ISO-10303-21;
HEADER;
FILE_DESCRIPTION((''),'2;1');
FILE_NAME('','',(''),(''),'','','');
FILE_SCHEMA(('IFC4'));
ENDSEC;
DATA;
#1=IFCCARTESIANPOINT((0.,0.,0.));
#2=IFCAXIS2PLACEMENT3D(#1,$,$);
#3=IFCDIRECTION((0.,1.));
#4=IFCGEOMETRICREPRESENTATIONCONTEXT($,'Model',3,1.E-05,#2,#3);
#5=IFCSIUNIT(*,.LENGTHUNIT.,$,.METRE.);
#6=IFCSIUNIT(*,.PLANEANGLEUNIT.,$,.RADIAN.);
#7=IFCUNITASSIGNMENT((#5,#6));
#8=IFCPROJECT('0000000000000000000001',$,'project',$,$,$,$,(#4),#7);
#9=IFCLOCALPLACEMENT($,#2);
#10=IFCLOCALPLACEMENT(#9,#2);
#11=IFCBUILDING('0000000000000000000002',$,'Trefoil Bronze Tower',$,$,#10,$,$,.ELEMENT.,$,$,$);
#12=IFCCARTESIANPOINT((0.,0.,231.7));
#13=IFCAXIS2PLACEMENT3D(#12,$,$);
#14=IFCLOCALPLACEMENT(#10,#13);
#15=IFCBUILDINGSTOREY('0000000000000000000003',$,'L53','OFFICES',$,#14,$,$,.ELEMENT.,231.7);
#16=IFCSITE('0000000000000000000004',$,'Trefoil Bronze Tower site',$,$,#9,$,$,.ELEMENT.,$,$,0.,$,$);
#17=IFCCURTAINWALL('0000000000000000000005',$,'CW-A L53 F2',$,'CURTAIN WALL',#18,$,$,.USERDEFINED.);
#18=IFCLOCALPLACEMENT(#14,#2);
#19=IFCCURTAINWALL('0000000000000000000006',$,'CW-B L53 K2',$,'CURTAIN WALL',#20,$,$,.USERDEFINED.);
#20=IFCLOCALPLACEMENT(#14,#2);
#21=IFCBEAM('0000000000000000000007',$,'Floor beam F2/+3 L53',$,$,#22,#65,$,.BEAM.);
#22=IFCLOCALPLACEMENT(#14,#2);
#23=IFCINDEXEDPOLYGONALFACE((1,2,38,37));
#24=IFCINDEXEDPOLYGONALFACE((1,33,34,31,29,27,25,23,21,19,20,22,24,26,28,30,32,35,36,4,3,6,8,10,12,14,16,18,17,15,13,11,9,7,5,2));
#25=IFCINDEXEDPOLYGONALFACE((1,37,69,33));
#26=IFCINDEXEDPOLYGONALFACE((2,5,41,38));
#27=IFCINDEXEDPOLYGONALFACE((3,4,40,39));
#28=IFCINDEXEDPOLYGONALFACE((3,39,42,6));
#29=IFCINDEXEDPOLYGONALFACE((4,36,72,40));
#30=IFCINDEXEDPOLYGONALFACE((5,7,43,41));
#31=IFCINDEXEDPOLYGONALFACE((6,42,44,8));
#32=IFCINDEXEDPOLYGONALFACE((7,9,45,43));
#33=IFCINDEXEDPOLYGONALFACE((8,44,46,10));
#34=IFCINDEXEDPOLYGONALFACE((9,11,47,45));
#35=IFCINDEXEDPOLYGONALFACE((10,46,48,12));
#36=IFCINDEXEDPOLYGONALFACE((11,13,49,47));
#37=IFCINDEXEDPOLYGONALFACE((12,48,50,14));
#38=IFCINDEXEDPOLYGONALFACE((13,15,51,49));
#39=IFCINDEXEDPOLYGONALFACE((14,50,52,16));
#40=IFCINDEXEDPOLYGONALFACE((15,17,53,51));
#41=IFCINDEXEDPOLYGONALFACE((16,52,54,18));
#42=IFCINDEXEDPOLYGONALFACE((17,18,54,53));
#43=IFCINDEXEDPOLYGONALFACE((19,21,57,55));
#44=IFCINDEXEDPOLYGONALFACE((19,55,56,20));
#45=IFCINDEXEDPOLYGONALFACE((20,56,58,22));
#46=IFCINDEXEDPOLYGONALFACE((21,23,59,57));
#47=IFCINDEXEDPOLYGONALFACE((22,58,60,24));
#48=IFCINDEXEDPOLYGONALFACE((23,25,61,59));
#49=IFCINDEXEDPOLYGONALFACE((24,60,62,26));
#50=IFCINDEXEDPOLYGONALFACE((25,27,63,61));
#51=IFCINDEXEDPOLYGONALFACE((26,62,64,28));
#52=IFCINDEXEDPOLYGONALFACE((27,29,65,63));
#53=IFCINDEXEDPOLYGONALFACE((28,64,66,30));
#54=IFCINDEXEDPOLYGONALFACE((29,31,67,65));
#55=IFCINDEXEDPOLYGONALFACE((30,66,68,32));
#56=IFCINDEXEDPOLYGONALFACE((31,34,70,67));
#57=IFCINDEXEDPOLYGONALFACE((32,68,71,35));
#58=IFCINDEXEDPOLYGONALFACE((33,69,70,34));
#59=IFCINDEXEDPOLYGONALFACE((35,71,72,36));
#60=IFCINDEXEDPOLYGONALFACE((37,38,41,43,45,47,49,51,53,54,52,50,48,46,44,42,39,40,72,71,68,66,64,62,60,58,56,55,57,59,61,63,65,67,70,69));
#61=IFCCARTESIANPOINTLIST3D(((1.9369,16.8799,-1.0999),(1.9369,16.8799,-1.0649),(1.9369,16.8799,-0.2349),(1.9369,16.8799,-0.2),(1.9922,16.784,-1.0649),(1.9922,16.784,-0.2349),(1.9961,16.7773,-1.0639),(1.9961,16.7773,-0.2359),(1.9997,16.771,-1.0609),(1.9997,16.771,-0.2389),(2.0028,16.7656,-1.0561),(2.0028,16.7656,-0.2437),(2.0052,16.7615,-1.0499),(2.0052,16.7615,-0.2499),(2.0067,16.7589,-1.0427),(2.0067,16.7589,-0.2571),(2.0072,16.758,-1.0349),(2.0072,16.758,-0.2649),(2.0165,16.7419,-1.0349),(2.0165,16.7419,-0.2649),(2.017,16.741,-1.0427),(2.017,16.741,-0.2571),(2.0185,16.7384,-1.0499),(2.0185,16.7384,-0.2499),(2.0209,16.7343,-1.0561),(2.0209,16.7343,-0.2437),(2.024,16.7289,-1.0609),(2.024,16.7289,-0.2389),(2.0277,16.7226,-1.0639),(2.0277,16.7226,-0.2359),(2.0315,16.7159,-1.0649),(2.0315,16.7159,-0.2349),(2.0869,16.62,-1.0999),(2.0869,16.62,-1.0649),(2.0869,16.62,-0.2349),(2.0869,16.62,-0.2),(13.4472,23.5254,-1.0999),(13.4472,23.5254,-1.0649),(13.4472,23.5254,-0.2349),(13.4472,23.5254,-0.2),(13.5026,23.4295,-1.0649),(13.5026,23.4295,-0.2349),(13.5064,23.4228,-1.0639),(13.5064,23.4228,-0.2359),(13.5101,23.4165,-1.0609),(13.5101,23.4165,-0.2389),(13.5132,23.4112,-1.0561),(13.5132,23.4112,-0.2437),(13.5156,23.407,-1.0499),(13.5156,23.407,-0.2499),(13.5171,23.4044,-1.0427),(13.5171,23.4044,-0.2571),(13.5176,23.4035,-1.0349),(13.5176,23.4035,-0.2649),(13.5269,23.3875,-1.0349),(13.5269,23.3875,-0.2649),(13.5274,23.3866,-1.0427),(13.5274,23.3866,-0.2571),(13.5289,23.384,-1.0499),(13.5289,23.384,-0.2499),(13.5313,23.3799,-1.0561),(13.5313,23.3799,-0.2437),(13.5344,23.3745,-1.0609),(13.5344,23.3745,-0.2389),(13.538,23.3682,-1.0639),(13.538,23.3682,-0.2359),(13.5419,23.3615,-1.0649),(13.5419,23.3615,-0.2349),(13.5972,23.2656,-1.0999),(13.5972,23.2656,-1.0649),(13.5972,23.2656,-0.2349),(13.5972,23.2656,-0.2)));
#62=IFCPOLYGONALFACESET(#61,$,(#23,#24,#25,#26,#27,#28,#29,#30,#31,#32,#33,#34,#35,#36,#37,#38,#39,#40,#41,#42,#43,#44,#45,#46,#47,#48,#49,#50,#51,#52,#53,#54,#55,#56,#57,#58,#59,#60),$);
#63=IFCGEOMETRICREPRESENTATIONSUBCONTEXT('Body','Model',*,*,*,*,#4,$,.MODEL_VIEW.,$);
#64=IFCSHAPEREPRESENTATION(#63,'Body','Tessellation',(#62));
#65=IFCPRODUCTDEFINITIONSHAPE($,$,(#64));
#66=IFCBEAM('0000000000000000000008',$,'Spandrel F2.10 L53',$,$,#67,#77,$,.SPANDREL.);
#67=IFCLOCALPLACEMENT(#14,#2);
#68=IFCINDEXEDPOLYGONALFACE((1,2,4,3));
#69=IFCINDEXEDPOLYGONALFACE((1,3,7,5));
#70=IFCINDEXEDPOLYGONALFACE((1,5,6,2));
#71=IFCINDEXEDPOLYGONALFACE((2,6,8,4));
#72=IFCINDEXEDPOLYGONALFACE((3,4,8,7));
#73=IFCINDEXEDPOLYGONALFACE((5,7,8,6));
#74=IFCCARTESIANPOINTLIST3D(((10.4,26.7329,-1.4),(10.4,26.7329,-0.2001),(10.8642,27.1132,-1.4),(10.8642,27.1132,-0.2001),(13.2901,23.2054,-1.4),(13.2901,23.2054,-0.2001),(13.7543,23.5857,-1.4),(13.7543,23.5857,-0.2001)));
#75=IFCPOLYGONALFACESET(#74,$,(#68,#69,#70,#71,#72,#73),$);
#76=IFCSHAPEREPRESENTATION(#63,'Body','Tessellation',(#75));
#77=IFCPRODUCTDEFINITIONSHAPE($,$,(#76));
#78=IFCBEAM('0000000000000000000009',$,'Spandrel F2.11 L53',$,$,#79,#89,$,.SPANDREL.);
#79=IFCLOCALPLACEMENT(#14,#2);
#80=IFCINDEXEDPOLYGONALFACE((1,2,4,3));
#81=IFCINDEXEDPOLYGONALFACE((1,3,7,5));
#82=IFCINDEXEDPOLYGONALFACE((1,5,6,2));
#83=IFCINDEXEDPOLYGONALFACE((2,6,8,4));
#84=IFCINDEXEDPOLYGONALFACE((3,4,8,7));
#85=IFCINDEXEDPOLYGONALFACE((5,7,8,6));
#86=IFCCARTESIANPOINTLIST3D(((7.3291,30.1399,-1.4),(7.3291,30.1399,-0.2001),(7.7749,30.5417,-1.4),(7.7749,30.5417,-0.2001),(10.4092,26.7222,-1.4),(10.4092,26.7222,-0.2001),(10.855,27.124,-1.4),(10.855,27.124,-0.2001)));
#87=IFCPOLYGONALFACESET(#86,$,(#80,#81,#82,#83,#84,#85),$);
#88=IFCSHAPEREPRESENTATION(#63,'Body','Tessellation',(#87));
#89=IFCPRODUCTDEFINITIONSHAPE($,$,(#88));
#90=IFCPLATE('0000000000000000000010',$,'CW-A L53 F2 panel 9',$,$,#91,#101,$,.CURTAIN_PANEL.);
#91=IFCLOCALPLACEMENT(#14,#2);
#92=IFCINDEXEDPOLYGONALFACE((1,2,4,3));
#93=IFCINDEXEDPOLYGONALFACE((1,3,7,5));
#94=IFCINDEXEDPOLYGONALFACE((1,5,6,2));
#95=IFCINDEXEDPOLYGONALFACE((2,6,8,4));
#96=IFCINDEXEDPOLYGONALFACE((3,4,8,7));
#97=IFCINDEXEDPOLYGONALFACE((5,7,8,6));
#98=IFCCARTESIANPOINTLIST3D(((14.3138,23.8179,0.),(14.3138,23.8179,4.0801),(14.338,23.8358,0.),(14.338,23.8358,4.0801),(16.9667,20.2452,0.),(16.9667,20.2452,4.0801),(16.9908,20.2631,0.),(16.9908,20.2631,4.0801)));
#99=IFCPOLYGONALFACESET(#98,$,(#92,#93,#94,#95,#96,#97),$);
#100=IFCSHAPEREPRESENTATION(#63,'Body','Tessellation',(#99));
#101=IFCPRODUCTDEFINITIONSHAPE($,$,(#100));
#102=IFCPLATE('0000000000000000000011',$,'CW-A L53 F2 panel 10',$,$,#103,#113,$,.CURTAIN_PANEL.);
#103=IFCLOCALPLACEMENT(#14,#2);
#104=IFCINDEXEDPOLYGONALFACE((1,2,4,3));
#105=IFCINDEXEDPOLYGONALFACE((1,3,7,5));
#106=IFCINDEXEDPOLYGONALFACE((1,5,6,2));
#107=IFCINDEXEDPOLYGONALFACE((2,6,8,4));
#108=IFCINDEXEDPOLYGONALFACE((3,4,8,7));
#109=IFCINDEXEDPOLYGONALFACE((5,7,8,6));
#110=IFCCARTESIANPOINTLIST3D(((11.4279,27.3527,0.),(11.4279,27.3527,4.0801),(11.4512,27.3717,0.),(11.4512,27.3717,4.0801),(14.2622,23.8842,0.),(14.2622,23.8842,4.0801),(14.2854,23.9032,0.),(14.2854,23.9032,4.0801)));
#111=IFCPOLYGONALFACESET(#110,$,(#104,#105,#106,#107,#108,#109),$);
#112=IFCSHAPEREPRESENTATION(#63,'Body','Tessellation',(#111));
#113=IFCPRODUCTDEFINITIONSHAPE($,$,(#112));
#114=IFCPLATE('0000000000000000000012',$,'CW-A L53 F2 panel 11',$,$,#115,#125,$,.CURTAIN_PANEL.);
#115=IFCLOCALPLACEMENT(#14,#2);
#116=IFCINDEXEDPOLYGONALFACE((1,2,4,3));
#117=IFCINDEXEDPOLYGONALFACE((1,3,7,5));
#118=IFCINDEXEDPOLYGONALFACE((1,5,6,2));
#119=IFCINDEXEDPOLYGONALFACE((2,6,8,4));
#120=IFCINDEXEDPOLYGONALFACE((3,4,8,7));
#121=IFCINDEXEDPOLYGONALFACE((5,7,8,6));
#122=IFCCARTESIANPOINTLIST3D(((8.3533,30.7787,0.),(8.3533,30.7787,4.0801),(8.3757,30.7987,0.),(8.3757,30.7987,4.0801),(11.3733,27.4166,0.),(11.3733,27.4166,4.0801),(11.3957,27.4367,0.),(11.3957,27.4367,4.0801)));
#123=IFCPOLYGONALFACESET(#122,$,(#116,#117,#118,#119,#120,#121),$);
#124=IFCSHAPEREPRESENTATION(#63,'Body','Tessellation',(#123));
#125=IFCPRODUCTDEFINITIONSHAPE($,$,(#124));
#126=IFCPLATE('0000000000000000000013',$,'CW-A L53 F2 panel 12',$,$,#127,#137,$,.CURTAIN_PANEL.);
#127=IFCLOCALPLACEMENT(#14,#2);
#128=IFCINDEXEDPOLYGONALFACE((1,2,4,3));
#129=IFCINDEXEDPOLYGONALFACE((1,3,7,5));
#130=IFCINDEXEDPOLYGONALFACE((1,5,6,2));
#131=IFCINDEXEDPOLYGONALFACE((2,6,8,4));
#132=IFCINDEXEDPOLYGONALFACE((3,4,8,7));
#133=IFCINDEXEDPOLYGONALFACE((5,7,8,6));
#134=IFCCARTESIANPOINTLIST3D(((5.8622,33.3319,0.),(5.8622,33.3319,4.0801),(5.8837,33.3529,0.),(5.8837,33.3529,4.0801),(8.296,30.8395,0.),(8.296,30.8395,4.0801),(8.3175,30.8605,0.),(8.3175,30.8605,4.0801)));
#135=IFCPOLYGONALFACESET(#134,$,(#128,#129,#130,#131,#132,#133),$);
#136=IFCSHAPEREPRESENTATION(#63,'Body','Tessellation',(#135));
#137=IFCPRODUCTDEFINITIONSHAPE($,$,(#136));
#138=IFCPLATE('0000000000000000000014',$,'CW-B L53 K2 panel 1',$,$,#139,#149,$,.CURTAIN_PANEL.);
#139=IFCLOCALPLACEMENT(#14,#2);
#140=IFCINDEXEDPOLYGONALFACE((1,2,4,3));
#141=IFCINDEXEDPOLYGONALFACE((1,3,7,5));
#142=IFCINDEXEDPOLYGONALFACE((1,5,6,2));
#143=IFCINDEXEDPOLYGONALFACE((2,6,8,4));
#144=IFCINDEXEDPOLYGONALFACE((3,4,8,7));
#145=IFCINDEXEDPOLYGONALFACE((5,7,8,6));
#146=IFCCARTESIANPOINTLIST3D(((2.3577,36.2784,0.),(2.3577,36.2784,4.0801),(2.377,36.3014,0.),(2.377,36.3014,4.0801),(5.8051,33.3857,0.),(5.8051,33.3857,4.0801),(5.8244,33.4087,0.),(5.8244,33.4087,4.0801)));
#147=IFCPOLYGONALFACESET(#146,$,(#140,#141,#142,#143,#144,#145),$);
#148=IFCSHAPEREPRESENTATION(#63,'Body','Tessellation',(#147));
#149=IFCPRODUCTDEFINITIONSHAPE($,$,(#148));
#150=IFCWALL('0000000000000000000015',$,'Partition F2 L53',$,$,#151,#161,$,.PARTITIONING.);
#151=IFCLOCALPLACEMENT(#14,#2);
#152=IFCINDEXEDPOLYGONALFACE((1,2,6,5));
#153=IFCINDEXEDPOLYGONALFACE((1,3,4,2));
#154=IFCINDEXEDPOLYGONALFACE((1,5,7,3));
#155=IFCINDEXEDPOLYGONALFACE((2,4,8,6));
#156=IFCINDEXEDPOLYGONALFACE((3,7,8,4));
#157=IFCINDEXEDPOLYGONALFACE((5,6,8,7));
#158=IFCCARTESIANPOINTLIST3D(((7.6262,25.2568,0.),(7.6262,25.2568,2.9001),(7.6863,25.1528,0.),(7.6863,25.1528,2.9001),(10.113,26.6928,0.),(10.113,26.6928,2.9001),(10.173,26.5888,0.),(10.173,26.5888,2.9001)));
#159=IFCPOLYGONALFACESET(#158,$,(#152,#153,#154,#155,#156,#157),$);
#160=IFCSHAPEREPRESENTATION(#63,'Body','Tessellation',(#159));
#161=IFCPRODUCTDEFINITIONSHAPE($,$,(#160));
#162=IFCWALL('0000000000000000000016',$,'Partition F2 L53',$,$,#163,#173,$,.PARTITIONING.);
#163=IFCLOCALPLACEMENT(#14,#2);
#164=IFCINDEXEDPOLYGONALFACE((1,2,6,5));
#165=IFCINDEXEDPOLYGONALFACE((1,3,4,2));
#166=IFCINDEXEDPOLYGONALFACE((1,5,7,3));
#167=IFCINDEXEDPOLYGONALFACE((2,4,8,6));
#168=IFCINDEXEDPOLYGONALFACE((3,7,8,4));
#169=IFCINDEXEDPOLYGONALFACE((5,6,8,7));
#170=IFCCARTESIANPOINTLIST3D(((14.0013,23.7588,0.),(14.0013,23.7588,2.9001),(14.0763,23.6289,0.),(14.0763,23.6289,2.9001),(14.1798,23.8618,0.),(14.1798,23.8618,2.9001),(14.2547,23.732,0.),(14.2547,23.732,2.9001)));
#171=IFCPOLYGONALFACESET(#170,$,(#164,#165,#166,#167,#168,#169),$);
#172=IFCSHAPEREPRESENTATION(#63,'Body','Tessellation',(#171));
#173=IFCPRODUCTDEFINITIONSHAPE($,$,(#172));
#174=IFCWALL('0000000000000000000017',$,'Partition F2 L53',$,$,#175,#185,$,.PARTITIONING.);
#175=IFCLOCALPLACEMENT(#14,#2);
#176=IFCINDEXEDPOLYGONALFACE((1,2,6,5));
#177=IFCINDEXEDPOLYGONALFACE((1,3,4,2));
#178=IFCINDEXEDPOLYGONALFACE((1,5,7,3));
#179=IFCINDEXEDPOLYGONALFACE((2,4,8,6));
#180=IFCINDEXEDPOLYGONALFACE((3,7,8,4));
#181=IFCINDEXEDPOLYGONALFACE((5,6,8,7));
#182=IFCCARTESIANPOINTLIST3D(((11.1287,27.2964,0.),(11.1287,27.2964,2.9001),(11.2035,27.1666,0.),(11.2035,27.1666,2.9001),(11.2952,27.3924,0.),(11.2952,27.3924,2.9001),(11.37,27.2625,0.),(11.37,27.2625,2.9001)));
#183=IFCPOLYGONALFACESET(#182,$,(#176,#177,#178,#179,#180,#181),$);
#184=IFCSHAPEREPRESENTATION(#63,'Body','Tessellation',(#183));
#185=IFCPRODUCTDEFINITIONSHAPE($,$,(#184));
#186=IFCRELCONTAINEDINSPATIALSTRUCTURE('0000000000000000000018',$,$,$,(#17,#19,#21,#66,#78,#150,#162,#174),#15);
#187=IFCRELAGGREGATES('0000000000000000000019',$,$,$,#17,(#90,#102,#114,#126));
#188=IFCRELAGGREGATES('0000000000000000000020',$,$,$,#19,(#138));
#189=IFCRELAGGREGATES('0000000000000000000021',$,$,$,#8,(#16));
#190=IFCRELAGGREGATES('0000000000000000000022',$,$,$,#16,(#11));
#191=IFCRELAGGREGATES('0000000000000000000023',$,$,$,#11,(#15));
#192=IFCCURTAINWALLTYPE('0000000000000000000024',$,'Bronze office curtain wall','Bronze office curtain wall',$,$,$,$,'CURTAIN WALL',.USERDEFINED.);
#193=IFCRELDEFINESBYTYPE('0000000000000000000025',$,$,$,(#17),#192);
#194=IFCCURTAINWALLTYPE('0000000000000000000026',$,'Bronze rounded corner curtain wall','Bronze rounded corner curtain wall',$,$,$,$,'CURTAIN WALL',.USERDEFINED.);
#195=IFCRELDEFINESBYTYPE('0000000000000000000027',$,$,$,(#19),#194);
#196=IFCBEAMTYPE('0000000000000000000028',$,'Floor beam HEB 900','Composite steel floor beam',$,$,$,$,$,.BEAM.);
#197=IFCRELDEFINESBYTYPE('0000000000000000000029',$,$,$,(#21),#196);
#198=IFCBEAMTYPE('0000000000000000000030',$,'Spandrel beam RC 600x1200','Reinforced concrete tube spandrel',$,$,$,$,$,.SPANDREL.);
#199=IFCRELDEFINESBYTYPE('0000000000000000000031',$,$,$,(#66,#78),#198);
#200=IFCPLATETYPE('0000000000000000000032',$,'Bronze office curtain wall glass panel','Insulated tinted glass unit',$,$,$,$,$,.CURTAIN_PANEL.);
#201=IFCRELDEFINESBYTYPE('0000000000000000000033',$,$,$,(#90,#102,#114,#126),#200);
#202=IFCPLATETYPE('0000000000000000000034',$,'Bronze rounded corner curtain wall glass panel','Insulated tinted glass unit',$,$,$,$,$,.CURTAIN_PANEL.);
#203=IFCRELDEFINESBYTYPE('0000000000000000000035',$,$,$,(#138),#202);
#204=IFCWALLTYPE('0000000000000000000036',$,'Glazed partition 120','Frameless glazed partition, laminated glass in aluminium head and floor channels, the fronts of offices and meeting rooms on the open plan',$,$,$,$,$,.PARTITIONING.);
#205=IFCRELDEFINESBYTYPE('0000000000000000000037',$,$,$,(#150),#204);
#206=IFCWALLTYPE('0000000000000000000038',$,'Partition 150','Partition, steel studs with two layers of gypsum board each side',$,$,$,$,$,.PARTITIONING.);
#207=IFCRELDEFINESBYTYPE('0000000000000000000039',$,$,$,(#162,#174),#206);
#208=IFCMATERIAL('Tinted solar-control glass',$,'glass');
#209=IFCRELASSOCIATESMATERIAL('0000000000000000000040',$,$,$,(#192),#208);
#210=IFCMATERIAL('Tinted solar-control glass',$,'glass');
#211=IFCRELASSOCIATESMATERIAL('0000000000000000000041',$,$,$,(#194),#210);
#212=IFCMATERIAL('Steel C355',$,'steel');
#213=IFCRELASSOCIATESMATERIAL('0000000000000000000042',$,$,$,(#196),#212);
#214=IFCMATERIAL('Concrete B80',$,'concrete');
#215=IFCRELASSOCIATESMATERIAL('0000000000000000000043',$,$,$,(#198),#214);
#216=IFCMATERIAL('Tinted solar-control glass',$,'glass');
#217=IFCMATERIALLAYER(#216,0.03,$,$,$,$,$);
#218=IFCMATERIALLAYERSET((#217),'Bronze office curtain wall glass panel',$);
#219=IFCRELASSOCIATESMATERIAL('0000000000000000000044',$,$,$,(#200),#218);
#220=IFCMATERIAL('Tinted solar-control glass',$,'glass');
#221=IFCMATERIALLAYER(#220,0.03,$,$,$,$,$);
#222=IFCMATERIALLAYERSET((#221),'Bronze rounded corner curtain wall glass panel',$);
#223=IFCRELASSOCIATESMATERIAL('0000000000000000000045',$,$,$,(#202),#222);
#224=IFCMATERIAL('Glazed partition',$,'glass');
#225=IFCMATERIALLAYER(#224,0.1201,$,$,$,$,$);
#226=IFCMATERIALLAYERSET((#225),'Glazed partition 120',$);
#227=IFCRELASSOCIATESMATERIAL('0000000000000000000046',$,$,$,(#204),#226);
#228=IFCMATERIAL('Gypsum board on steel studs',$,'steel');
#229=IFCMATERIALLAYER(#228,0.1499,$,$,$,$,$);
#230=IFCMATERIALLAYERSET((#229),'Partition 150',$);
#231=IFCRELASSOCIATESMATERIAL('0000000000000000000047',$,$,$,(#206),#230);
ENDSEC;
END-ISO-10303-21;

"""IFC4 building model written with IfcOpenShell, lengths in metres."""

from ifc_helpers import new_model, si_unit, direction, frame, frame_2d, origin, origin_2d, place, context, subcontext, project, spatial, rectangle, i_section, extrude, material, layer, layer_set, material_profile, profile_set, type_object, element, aggregate, save


model = new_model("IFC4")

# Units and contexts
model_context = context("Model", 3, precision=1e-05, world=origin(), true_north=direction((0.0, 1.0)))
body_context = subcontext(model_context, "Body", "Model", "MODEL_VIEW")
ifc_project = project(units=[si_unit("LENGTHUNIT", "METRE"), si_unit("PLANEANGLEUNIT", "RADIAN")], contexts=[model_context])

# Site, building, storey
site_placement = place(None, origin())
site = spatial("IfcSite", under=ifc_project, at=site_placement, Name="Trefoil Bronze Tower site", CompositionType="ELEMENT", RefElevation=0.0)
building_placement = place(site_placement, origin())
building = spatial("IfcBuilding", under=site, at=building_placement, Name="Trefoil Bronze Tower", CompositionType="ELEMENT")
storey_placement = place(building_placement, frame((0.0, 0.0, 231.7)))
storey = spatial("IfcBuildingStorey", under=building, at=storey_placement, Name="L53", Description="OFFICES", CompositionType="ELEMENT", Elevation=231.7)

# Curtain walls
ifc_material_1 = material(Name="Tinted solar-control glass", Category="glass")
curtain_wall_type_1 = type_object("IfcCurtainWallType", Name="Bronze office curtain wall", Description="Bronze office curtain wall", ElementType="CURTAIN WALL", PredefinedType="USERDEFINED", material=ifc_material_1)
curtain_wall_1_placement = place(storey_placement, origin())
curtain_wall_1 = element("IfcCurtainWall", 1, at=curtain_wall_1_placement, inside=storey, type_object=curtain_wall_type_1, Name="CW-A L53 F2", ObjectType="CURTAIN WALL", PredefinedType="USERDEFINED")
ifc_material_2 = material(Name="Tinted solar-control glass", Category="glass")
curtain_wall_type_2 = type_object("IfcCurtainWallType", Name="Bronze rounded corner curtain wall", Description="Bronze rounded corner curtain wall", ElementType="CURTAIN WALL", PredefinedType="USERDEFINED", material=ifc_material_2)
curtain_wall_2_placement = place(storey_placement, origin())
curtain_wall_2 = element("IfcCurtainWall", 2, at=curtain_wall_2_placement, inside=storey, type_object=curtain_wall_type_2, Name="CW-B L53 K2", ObjectType="CURTAIN WALL", PredefinedType="USERDEFINED")

# Beams
ifc_material_3 = material(Name="Steel C355", Category="steel")
ifc_material_profile_1 = material_profile(ifc_material_3, i_section(OverallWidth=0.3, OverallDepth=0.8999, WebThickness=0.0186, FlangeThickness=0.0349, FilletRadius=0.03, at=origin_2d()), Name="HEB 900")
ifc_profile_set_1 = profile_set([ifc_material_profile_1], Name="Steel C355")
beam_type_1 = type_object("IfcBeamType", Name="Floor beam HEB 900", Description="Composite steel floor beam", PredefinedType="BEAM", material=ifc_profile_set_1)
beam_1_placement = place(storey_placement, frame((13.5222, 23.3955, -0.6499), z_axis=(-0.866023, -0.500003, 0.0), x_axis=(0.500003, -0.866023, 0.0)))
element("IfcBeam", 3, at=beam_1_placement, inside=storey, type_object=beam_type_1, Name="Floor beam F2/+3 L53", PredefinedType="BEAM", context=body_context, shape_type="SweptSolid", body=[
    extrude(i_section(OverallWidth=0.3, OverallDepth=0.8999, WebThickness=0.0186, FlangeThickness=0.0349, FilletRadius=0.03, at=origin_2d()), origin(), (0.0, 0.0, 1.0), 13.291),
])
ifc_material_4 = material(Name="Concrete B80", Category="concrete")
ifc_material_profile_2 = material_profile(ifc_material_4, rectangle(XDim=0.6001, YDim=1.2, at=origin_2d()), Name="RC 600x1200")
ifc_profile_set_2 = profile_set([ifc_material_profile_2], Name="Concrete B80")
beam_type_2 = type_object("IfcBeamType", Name="Spandrel beam RC 600x1200", Description="Reinforced concrete tube spandrel", PredefinedType="SPANDREL", material=ifc_profile_set_2)
beam_2_placement = place(storey_placement, frame((13.5222, 23.3955, -0.8), z_axis=(-0.633754, 0.773535, 0.0), x_axis=(-0.773535, -0.633754, 0.0)))
element("IfcBeam", 4, at=beam_2_placement, inside=storey, type_object=beam_type_2, Name="Spandrel F2.10 L53", PredefinedType="SPANDREL", context=body_context, shape_type="SweptSolid", body=[
    extrude(rectangle(XDim=0.6001, YDim=1.2, at=origin_2d()), origin(), (0.0, 0.0, 1.0), 4.5603),
])
beam_3_placement = place(storey_placement, frame((10.6321, 26.9231, -0.8), z_axis=(-0.66946, 0.742848, 0.0), x_axis=(-0.742848, -0.66946, 0.0)))
element("IfcBeam", 5, at=beam_3_placement, inside=storey, type_object=beam_type_2, Name="Spandrel F2.11 L53", PredefinedType="SPANDREL", context=body_context, shape_type="SweptSolid", body=[
    extrude(rectangle(XDim=0.6001, YDim=1.2, at=origin_2d()), origin(), (0.0, 0.0, 1.0), 4.6008),
])

# Plates
ifc_material_5 = material(Name="Tinted solar-control glass", Category="glass")
ifc_layer_1 = layer(ifc_material_5, 0.03)
ifc_layer_set_1 = layer_set([ifc_layer_1], Name="Bronze office curtain wall glass panel")
plate_type_1 = type_object("IfcPlateType", Name="Bronze office curtain wall glass panel", Description="Insulated tinted glass unit", PredefinedType="CURTAIN_PANEL", material=ifc_layer_set_1)
plate_1_placement = place(storey_placement, frame((15.6523, 22.0405, 0.0), z_axis=(0.0, 0.0, 1.0), x_axis=(-0.596162, 0.802865, 0.0)))
plate_1 = element("IfcPlate", 6, at=plate_1_placement, type_object=plate_type_1, Name="CW-A L53 F2 panel 9", PredefinedType="CURTAIN_PANEL", context=body_context, shape_type="SweptSolid", body=[
    extrude(rectangle(XDim=4.45, YDim=0.03, at=origin_2d()), origin(), (0.0, 0.0, 1.0), 4.0801),
])
plate_2_placement = place(storey_placement, frame((12.8567, 25.6279, 0.0), z_axis=(0.0, 0.0, 1.0), x_axis=(-0.632753, 0.774354, 0.0)))
plate_2 = element("IfcPlate", 7, at=plate_2_placement, type_object=plate_type_1, Name="CW-A L53 F2 panel 10", PredefinedType="CURTAIN_PANEL", context=body_context, shape_type="SweptSolid", body=[
    extrude(rectangle(XDim=4.4792, YDim=0.03, at=origin_2d()), origin(), (0.0, 0.0, 1.0), 4.0801),
])
plate_3_placement = place(storey_placement, frame((9.8745, 29.1077, 0.0), z_axis=(0.0, 0.0, 1.0), x_axis=(-0.668246, 0.743941, 0.0)))
plate_3 = element("IfcPlate", 8, at=plate_3_placement, type_object=plate_type_1, Name="CW-A L53 F2 panel 11", PredefinedType="CURTAIN_PANEL", context=body_context, shape_type="SweptSolid", body=[
    extrude(rectangle(XDim=4.5193, YDim=0.03, at=origin_2d()), origin(), (0.0, 0.0, 1.0), 4.0801),
])
plate_4_placement = place(storey_placement, frame((7.0898, 32.0962, 0.0), z_axis=(0.0, 0.0, 1.0), x_axis=(-0.698652, 0.715462, 0.0)))
plate_4 = element("IfcPlate", 9, at=plate_4_placement, type_object=plate_type_1, Name="CW-A L53 F2 panel 12", PredefinedType="CURTAIN_PANEL", context=body_context, shape_type="SweptSolid", body=[
    extrude(rectangle(XDim=3.4836, YDim=0.03, at=origin_2d()), origin(), (0.0, 0.0, 1.0), 4.0801),
])
aggregate(curtain_wall_1, [plate_1, plate_2, plate_3, plate_4])
ifc_material_6 = material(Name="Tinted solar-control glass", Category="glass")
ifc_layer_2 = layer(ifc_material_6, 0.03)
ifc_layer_set_2 = layer_set([ifc_layer_2], Name="Bronze rounded corner curtain wall glass panel")
plate_type_2 = type_object("IfcPlateType", Name="Bronze rounded corner curtain wall glass panel", Description="Insulated tinted glass unit", PredefinedType="CURTAIN_PANEL", material=ifc_layer_set_2)
plate_5_placement = place(storey_placement, frame((4.0911, 34.8435, 0.0), z_axis=(0.0, 0.0, 1.0), x_axis=(-0.766044, 0.642788, 0.0)))
plate_5 = element("IfcPlate", 10, at=plate_5_placement, type_object=plate_type_2, Name="CW-B L53 K2 panel 1", PredefinedType="CURTAIN_PANEL", context=body_context, shape_type="SweptSolid", body=[
    extrude(rectangle(XDim=4.5002, YDim=0.03, at=origin_2d()), origin(), (0.0, 0.0, 1.0), 4.0801),
])
aggregate(curtain_wall_2, [plate_5])

# Walls
ifc_material_7 = material(Name="Glazed partition", Category="glass")
ifc_layer_3 = layer(ifc_material_7, 0.1201)
ifc_layer_set_3 = layer_set([ifc_layer_3], Name="Glazed partition 120")
wall_type_1 = type_object("IfcWallType", Name="Glazed partition 120", Description="Frameless glazed partition, laminated glass in aluminium head and floor channels, the fronts of offices and meeting rooms on the open plan", PredefinedType="PARTITIONING", material=ifc_layer_set_3)
wall_1_placement = place(storey_placement, frame((7.6562, 25.2048, 0.0), z_axis=(0.0, 0.0, 1.0), x_axis=(0.865985, 0.500071, 0.0)))
element("IfcWall", 11, at=wall_1_placement, inside=storey, type_object=wall_type_1, Name="Partition F2 L53", PredefinedType="PARTITIONING", context=body_context, shape_type="SweptSolid", body=[
    extrude(rectangle(XDim=2.8716, YDim=0.1201, at=frame_2d((1.4358, 0.0))), origin(), (0.0, 0.0, 1.0), 2.9001),
])
ifc_material_8 = material(Name="Gypsum board on steel studs", Category="steel")
ifc_layer_4 = layer(ifc_material_8, 0.1499)
ifc_layer_set_4 = layer_set([ifc_layer_4], Name="Partition 150")
wall_type_2 = type_object("IfcWallType", Name="Partition 150", Description="Partition, steel studs with two layers of gypsum board each side", PredefinedType="PARTITIONING", material=ifc_layer_set_4)
wall_2_placement = place(storey_placement, frame((14.0388, 23.6938, 0.0), z_axis=(0.0, 0.0, 1.0), x_axis=(0.866047, 0.499962, 0.0)))
element("IfcWall", 12, at=wall_2_placement, inside=storey, type_object=wall_type_2, Name="Partition F2 L53", PredefinedType="PARTITIONING", context=body_context, shape_type="SweptSolid", body=[
    extrude(rectangle(XDim=0.2061, YDim=0.1499, at=frame_2d((0.103, 0.0))), origin(), (0.0, 0.0, 1.0), 2.9001),
])
wall_3_placement = place(storey_placement, frame((11.166, 27.2314, 0.0), z_axis=(0.0, 0.0, 1.0), x_axis=(0.866439, 0.499282, 0.0)))
element("IfcWall", 13, at=wall_3_placement, inside=storey, type_object=wall_type_2, Name="Partition F2 L53", PredefinedType="PARTITIONING", context=body_context, shape_type="SweptSolid", body=[
    extrude(rectangle(XDim=0.1921, YDim=0.1499, at=frame_2d((0.0962, 0.0))), origin(), (0.0, 0.0, 1.0), 2.9001),
])

save(model, "model.ifc")
